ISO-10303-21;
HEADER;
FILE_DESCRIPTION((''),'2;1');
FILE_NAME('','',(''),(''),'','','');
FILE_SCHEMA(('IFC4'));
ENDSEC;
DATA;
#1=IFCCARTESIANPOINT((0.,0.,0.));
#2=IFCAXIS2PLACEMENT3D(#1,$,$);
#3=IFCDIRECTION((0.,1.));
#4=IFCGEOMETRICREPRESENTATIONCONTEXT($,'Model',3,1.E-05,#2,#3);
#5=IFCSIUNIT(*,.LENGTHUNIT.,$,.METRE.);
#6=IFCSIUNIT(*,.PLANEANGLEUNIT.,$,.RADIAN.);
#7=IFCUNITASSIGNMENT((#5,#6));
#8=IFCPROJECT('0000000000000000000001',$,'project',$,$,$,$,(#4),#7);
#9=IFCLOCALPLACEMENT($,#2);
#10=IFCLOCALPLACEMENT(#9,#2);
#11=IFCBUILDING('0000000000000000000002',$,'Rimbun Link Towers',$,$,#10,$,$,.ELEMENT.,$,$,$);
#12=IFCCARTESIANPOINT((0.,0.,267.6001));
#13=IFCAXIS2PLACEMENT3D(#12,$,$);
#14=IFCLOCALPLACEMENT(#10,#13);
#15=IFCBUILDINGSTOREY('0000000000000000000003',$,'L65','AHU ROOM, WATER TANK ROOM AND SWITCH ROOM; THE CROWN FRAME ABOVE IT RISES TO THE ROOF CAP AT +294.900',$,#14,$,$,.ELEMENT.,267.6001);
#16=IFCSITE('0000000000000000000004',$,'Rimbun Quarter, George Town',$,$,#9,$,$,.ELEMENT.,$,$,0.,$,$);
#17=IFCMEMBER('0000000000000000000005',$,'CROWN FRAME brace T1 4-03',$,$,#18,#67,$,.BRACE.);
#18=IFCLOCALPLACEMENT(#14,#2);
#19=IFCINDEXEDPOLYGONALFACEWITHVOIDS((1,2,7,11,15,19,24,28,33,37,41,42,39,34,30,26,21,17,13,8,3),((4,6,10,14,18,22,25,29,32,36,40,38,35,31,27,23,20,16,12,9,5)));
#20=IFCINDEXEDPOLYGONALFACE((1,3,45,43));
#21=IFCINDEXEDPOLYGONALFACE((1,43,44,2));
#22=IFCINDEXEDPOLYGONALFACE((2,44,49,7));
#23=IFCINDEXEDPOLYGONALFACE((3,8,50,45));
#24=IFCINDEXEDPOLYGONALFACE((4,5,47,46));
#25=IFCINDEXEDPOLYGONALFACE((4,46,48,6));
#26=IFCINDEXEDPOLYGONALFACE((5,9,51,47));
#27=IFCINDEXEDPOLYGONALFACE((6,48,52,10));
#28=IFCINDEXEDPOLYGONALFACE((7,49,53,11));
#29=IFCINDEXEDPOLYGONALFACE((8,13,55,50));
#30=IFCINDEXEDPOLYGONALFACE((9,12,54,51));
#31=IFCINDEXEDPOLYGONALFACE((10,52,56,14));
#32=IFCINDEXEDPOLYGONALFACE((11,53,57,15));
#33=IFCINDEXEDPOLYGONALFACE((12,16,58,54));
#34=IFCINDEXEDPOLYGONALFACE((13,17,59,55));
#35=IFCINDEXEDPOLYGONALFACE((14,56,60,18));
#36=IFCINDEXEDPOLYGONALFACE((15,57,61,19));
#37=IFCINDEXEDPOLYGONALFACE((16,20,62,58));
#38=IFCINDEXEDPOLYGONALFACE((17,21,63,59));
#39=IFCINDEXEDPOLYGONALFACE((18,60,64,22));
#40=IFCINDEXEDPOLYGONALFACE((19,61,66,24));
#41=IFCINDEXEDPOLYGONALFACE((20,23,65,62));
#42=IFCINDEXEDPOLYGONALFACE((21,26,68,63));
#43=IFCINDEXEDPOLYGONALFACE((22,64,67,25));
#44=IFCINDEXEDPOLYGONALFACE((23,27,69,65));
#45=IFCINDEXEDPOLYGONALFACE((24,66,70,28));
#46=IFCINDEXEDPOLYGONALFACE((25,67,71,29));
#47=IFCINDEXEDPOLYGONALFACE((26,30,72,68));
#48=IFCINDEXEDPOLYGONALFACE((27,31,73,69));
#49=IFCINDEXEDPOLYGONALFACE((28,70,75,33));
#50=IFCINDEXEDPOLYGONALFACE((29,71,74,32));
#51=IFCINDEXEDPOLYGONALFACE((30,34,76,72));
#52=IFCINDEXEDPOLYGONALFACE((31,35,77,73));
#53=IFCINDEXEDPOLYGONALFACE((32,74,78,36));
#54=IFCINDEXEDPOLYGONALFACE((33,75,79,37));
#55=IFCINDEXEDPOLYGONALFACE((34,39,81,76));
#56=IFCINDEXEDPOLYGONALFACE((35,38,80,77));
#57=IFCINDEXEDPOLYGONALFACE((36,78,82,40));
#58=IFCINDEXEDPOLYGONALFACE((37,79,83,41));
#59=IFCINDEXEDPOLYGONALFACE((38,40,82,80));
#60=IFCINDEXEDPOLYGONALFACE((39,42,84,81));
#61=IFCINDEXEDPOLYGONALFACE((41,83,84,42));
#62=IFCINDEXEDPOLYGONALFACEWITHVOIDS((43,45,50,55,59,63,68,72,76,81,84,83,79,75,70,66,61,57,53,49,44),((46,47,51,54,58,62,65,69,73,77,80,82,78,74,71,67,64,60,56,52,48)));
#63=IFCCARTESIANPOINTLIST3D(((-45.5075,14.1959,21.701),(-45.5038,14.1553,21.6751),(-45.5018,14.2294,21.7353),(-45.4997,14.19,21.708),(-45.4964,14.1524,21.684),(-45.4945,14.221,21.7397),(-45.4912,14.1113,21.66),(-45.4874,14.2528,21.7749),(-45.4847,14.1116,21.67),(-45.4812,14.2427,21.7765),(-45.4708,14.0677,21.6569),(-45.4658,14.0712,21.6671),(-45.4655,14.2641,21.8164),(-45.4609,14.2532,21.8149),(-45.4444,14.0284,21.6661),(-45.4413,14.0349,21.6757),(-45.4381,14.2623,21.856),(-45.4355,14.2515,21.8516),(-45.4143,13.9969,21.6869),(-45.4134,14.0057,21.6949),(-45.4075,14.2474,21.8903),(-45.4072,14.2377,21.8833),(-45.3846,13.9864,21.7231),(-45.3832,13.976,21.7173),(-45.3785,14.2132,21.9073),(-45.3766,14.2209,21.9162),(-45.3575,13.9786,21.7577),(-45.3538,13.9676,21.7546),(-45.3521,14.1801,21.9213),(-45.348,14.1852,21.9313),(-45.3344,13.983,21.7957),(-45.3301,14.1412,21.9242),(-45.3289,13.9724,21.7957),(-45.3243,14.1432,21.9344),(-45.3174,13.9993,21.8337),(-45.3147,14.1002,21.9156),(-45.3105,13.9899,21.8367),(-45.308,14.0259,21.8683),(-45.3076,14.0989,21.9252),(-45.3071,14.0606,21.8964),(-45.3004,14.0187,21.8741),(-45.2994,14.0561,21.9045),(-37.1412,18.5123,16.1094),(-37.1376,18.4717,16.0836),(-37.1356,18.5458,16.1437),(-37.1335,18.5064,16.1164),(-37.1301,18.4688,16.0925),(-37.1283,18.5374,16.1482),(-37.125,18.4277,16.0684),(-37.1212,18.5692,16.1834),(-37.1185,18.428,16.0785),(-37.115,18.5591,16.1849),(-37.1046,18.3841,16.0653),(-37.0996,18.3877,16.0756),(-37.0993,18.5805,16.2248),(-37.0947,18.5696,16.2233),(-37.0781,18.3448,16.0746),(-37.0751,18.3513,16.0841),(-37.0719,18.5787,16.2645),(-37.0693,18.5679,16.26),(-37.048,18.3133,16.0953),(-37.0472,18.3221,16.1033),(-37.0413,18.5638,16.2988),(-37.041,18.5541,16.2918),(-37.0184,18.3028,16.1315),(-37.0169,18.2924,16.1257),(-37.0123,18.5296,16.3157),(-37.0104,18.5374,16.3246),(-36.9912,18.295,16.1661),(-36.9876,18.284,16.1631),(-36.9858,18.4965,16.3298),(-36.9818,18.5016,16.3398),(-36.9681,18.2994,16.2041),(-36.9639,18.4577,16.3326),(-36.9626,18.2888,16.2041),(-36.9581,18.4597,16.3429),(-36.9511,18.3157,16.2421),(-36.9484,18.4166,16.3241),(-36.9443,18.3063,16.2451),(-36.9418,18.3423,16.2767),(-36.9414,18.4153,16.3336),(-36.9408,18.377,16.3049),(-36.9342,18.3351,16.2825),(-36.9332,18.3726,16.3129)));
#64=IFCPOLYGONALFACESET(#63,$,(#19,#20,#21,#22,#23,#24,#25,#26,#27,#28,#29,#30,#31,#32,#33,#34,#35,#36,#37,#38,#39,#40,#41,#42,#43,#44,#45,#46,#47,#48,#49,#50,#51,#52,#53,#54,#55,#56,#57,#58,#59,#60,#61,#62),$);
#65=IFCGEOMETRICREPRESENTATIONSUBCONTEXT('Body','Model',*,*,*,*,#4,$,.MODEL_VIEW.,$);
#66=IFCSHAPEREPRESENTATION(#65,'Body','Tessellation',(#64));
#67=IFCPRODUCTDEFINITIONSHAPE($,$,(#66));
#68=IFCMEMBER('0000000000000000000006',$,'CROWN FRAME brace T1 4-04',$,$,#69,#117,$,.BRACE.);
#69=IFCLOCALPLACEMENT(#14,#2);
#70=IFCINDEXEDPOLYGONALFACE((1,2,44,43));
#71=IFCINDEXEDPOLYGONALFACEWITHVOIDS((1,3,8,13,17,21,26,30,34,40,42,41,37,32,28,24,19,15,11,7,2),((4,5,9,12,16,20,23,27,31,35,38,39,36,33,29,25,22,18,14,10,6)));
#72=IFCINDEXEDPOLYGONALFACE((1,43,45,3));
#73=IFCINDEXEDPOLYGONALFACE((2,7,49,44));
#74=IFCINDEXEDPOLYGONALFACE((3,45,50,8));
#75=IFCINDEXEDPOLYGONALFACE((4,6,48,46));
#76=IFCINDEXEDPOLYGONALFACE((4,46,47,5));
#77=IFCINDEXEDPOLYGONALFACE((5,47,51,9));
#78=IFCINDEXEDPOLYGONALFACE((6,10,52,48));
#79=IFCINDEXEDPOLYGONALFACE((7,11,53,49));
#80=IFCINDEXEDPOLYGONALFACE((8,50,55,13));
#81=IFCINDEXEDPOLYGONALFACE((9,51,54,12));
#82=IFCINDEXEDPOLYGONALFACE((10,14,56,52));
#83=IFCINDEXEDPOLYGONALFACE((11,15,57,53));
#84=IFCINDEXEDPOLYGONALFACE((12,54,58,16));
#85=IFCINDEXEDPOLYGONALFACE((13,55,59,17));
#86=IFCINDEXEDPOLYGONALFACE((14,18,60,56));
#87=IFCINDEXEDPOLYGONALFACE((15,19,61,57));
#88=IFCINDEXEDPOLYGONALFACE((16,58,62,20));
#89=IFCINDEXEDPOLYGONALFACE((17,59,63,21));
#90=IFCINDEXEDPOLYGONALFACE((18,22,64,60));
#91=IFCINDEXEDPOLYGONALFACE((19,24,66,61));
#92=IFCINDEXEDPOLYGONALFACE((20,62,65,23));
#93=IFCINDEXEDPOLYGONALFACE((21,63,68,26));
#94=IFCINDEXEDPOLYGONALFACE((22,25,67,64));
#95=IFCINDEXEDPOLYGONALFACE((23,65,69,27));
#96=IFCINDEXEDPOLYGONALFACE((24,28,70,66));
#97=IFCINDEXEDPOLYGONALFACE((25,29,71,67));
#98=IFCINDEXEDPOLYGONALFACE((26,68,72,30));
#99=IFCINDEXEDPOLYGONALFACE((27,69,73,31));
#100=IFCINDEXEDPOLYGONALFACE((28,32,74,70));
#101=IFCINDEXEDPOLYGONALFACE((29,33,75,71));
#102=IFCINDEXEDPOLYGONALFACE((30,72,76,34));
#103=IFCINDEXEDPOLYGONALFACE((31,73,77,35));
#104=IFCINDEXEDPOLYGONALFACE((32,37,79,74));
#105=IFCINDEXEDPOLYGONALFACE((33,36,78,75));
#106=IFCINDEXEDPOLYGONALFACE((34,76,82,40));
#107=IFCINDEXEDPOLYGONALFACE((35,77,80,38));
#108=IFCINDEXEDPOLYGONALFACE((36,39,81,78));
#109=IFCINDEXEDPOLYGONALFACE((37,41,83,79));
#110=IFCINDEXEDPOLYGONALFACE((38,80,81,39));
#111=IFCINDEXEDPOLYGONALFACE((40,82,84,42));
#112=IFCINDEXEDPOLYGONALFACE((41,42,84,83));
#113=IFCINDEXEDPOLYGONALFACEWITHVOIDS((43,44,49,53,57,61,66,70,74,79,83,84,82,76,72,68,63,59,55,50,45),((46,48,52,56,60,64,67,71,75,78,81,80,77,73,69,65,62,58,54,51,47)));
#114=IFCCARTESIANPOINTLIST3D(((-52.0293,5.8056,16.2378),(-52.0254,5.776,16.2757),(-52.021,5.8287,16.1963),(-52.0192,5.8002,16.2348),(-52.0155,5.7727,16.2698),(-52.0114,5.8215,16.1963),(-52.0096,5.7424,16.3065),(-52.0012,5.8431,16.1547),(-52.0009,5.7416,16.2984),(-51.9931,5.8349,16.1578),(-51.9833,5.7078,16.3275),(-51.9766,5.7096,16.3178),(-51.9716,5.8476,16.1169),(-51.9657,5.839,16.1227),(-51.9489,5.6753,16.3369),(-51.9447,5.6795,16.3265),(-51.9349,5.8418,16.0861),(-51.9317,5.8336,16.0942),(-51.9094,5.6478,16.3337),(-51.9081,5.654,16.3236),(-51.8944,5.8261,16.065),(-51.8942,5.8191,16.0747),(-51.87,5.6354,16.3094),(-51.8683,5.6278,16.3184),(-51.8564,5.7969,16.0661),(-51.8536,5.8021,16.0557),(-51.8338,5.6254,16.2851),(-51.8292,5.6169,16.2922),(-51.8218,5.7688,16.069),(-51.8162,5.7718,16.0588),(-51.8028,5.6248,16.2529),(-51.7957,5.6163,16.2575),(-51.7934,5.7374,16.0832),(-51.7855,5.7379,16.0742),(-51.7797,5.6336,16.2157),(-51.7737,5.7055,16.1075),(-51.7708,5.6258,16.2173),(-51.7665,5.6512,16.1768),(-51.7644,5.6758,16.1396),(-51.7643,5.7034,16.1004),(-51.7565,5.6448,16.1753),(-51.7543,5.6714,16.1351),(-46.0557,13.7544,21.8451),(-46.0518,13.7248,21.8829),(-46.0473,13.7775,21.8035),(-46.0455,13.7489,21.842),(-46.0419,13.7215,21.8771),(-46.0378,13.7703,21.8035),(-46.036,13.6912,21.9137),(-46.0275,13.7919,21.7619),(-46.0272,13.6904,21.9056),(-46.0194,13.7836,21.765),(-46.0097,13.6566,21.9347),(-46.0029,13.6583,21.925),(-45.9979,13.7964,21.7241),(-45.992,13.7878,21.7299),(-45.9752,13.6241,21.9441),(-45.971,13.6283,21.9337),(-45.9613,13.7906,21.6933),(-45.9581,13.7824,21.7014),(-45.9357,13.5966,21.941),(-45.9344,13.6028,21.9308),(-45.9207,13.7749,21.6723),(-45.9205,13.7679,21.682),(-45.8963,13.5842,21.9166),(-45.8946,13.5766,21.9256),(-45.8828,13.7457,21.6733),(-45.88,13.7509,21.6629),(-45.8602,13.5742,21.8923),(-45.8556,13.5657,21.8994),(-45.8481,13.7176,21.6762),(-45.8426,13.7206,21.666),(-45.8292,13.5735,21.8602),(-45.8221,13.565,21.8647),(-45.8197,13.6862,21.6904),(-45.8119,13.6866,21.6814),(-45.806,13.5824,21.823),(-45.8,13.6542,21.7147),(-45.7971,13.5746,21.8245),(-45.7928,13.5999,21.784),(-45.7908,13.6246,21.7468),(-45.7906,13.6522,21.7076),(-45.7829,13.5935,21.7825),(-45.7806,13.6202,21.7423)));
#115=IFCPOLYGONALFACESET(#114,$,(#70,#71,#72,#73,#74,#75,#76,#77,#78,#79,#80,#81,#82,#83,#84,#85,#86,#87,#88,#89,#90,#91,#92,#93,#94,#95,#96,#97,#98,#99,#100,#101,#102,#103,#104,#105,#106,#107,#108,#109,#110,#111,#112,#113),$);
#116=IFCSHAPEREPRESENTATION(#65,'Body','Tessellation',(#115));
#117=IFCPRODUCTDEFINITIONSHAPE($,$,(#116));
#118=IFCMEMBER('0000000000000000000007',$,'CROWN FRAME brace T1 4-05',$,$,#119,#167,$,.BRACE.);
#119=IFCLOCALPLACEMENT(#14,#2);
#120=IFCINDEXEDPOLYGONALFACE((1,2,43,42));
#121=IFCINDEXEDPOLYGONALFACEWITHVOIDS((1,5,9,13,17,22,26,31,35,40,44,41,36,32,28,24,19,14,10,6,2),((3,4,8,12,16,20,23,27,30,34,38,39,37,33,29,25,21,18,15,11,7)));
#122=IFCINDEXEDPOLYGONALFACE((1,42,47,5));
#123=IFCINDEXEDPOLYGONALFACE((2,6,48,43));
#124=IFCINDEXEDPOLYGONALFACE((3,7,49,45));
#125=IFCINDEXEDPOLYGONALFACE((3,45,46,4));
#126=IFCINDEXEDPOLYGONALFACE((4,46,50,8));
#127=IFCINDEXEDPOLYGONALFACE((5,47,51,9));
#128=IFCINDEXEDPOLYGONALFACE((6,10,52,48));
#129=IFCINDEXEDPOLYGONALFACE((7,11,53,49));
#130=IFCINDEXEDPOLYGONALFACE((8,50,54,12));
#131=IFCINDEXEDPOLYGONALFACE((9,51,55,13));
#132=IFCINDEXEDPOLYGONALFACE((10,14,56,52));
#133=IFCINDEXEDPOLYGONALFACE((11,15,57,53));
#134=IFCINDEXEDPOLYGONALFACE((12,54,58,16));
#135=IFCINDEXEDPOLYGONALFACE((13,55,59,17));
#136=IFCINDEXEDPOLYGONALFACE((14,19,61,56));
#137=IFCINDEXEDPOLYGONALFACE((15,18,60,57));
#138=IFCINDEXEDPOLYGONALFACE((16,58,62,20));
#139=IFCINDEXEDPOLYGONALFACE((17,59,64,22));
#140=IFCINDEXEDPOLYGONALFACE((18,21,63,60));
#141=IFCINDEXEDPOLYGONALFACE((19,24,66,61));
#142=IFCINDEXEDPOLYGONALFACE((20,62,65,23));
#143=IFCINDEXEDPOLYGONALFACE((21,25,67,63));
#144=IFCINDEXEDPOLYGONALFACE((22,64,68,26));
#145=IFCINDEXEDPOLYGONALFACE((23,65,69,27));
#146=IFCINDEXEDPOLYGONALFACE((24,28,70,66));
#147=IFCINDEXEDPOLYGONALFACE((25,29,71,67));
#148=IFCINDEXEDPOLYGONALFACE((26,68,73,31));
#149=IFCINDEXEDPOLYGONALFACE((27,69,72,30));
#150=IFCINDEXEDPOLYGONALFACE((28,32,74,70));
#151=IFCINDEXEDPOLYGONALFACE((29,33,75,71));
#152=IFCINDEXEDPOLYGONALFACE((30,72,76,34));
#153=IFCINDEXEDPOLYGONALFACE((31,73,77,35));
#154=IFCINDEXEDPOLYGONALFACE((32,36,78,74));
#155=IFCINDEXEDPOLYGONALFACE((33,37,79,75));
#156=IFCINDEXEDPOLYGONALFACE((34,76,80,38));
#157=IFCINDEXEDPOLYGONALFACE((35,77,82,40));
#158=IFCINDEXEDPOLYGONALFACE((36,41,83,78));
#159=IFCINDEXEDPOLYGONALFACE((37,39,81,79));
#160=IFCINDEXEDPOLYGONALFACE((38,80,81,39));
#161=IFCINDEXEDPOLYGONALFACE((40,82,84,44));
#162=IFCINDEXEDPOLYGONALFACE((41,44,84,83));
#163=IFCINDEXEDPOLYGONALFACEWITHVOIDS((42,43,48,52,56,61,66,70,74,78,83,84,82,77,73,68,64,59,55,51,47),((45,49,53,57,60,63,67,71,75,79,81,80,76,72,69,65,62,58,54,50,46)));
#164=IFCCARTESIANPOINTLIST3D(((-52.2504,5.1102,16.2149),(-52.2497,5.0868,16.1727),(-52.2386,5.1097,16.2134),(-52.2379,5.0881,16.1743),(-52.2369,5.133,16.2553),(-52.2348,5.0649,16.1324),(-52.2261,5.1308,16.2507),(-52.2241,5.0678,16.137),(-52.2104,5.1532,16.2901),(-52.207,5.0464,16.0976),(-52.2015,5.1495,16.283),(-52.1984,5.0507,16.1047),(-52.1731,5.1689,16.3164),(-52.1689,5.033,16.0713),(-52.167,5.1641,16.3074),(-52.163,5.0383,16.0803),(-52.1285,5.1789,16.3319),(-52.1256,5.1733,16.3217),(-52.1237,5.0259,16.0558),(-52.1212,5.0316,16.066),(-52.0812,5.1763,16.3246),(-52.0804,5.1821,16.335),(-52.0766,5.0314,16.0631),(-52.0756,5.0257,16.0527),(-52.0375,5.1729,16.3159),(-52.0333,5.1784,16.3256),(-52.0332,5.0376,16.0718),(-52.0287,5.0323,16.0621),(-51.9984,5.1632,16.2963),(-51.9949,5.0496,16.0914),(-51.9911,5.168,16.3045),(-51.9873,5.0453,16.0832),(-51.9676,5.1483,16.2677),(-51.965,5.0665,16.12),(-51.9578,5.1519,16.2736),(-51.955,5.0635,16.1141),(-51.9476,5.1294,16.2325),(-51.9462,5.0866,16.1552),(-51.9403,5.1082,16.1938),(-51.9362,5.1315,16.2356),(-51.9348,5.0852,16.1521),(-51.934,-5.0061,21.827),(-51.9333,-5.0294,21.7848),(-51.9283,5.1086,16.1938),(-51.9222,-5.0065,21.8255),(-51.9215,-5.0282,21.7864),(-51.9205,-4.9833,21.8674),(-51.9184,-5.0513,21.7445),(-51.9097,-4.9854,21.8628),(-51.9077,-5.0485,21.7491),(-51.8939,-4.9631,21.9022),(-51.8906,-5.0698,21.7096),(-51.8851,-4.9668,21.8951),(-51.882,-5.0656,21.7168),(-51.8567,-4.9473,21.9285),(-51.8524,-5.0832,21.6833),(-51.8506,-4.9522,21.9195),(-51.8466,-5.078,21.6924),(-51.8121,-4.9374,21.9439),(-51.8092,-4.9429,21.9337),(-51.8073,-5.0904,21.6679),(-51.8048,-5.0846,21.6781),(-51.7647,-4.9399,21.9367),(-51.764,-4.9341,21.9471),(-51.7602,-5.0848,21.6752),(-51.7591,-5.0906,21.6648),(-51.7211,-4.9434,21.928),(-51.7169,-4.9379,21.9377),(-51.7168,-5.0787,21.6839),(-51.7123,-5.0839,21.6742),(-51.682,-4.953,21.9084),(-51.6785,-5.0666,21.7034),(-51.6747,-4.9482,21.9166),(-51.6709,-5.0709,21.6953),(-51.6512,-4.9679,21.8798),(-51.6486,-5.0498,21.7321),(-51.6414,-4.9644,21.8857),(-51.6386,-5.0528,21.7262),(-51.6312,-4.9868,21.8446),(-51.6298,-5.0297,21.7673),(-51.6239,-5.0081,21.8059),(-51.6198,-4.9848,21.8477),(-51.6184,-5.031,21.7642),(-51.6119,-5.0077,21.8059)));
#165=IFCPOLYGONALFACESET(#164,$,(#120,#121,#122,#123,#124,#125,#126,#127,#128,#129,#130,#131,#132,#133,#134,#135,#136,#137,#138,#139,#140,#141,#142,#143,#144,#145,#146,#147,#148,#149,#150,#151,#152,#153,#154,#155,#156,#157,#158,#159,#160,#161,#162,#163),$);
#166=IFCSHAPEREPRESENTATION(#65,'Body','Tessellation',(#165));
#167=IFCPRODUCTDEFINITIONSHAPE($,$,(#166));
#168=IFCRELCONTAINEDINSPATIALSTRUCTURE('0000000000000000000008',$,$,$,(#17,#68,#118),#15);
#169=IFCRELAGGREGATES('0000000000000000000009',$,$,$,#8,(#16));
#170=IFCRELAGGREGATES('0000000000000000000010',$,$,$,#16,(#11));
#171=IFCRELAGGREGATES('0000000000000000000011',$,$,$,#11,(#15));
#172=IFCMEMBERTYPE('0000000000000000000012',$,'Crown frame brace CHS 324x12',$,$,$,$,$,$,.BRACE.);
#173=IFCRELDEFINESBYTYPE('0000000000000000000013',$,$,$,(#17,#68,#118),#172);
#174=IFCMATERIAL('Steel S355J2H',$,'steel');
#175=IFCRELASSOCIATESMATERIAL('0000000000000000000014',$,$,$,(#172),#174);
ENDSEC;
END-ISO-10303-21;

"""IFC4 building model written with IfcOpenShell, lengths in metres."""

from ifc_helpers import new_model, si_unit, direction, frame, origin, origin_2d, place, context, subcontext, project, spatial, hollow_circle, extrude, material, material_profile, profile_set, type_object, element, save


model = new_model("IFC4")

# Units and contexts
model_context = context("Model", 3, precision=1e-05, world=origin(), true_north=direction((0.0, 1.0)))
body_context = subcontext(model_context, "Body", "Model", "MODEL_VIEW")
ifc_project = project(units=[si_unit("LENGTHUNIT", "METRE"), si_unit("PLANEANGLEUNIT", "RADIAN")], contexts=[model_context])

# Site, building, storey
site_placement = place(None, origin())
site = spatial("IfcSite", under=ifc_project, at=site_placement, Name="Rimbun Quarter, George Town", CompositionType="ELEMENT", RefElevation=0.0)
building_placement = place(site_placement, origin())
building = spatial("IfcBuilding", under=site, at=building_placement, Name="Rimbun Link Towers", CompositionType="ELEMENT")
storey_placement = place(building_placement, frame((0.0, 0.0, 267.6001)))
storey = spatial("IfcBuildingStorey", under=building, at=storey_placement, Name="L65", Description="AHU ROOM, WATER TANK ROOM AND SWITCH ROOM; THE CROWN FRAME ABOVE IT RISES TO THE ROOF CAP AT +294.900", CompositionType="ELEMENT", Elevation=267.6001)

# Members
ifc_material_1 = material(Name="Steel S355J2H", Category="steel")
ifc_material_profile_1 = material_profile(ifc_material_1, hollow_circle(Radius=0.1619, WallThickness=0.012, at=origin_2d()), Name="Crown frame brace CHS 324x12")
ifc_profile_set_1 = profile_set([ifc_material_profile_1], Name="Steel S355J2H")
member_type_1 = type_object("IfcMemberType", Name="Crown frame brace CHS 324x12", PredefinedType="BRACE", material=ifc_profile_set_1)
member_1_placement = place(storey_placement, frame((-37.0369, 18.4326, 16.2041), z_axis=(-0.764076, -0.394212, 0.51067), x_axis=(0.458506, -0.888692, 0.0)))
element("IfcMember", 1, at=member_1_placement, inside=storey, type_object=member_type_1, Name="CROWN FRAME brace T1 4-03", PredefinedType="BRACE", context=body_context, shape_type="SweptSolid", body=[
    extrude(hollow_circle(Radius=0.1619, WallThickness=0.012, at=origin_2d()), origin(), (0.0, 0.0, 1.0), 10.9495),
])
member_2_placement = place(storey_placement, frame((-51.8916, 5.7314, 16.1963), z_axis=(0.523305, 0.696328, 0.491202), x_axis=(-0.799416, 0.600778, 0.0)))
element("IfcMember", 2, at=member_2_placement, inside=storey, type_object=member_type_1, Name="CROWN FRAME brace T1 4-04", PredefinedType="BRACE", context=body_context, shape_type="SweptSolid", body=[
    extrude(hollow_circle(Radius=0.1619, WallThickness=0.012, at=origin_2d()), origin(), (0.0, 0.0, 1.0), 11.4153),
])
member_3_placement = place(storey_placement, frame((-52.0901, 5.1035, 16.1938), z_axis=(0.02734, -0.874126, 0.484929), x_axis=(0.999511, 0.031262, 0.0)))
element("IfcMember", 3, at=member_3_placement, inside=storey, type_object=member_type_1, Name="CROWN FRAME brace T1 4-05", PredefinedType="BRACE", context=body_context, shape_type="SweptSolid", body=[
    extrude(hollow_circle(Radius=0.1619, WallThickness=0.012, at=origin_2d()), origin(), (0.0, 0.0, 1.0), 11.573),
])

save(model, "model.ifc")
